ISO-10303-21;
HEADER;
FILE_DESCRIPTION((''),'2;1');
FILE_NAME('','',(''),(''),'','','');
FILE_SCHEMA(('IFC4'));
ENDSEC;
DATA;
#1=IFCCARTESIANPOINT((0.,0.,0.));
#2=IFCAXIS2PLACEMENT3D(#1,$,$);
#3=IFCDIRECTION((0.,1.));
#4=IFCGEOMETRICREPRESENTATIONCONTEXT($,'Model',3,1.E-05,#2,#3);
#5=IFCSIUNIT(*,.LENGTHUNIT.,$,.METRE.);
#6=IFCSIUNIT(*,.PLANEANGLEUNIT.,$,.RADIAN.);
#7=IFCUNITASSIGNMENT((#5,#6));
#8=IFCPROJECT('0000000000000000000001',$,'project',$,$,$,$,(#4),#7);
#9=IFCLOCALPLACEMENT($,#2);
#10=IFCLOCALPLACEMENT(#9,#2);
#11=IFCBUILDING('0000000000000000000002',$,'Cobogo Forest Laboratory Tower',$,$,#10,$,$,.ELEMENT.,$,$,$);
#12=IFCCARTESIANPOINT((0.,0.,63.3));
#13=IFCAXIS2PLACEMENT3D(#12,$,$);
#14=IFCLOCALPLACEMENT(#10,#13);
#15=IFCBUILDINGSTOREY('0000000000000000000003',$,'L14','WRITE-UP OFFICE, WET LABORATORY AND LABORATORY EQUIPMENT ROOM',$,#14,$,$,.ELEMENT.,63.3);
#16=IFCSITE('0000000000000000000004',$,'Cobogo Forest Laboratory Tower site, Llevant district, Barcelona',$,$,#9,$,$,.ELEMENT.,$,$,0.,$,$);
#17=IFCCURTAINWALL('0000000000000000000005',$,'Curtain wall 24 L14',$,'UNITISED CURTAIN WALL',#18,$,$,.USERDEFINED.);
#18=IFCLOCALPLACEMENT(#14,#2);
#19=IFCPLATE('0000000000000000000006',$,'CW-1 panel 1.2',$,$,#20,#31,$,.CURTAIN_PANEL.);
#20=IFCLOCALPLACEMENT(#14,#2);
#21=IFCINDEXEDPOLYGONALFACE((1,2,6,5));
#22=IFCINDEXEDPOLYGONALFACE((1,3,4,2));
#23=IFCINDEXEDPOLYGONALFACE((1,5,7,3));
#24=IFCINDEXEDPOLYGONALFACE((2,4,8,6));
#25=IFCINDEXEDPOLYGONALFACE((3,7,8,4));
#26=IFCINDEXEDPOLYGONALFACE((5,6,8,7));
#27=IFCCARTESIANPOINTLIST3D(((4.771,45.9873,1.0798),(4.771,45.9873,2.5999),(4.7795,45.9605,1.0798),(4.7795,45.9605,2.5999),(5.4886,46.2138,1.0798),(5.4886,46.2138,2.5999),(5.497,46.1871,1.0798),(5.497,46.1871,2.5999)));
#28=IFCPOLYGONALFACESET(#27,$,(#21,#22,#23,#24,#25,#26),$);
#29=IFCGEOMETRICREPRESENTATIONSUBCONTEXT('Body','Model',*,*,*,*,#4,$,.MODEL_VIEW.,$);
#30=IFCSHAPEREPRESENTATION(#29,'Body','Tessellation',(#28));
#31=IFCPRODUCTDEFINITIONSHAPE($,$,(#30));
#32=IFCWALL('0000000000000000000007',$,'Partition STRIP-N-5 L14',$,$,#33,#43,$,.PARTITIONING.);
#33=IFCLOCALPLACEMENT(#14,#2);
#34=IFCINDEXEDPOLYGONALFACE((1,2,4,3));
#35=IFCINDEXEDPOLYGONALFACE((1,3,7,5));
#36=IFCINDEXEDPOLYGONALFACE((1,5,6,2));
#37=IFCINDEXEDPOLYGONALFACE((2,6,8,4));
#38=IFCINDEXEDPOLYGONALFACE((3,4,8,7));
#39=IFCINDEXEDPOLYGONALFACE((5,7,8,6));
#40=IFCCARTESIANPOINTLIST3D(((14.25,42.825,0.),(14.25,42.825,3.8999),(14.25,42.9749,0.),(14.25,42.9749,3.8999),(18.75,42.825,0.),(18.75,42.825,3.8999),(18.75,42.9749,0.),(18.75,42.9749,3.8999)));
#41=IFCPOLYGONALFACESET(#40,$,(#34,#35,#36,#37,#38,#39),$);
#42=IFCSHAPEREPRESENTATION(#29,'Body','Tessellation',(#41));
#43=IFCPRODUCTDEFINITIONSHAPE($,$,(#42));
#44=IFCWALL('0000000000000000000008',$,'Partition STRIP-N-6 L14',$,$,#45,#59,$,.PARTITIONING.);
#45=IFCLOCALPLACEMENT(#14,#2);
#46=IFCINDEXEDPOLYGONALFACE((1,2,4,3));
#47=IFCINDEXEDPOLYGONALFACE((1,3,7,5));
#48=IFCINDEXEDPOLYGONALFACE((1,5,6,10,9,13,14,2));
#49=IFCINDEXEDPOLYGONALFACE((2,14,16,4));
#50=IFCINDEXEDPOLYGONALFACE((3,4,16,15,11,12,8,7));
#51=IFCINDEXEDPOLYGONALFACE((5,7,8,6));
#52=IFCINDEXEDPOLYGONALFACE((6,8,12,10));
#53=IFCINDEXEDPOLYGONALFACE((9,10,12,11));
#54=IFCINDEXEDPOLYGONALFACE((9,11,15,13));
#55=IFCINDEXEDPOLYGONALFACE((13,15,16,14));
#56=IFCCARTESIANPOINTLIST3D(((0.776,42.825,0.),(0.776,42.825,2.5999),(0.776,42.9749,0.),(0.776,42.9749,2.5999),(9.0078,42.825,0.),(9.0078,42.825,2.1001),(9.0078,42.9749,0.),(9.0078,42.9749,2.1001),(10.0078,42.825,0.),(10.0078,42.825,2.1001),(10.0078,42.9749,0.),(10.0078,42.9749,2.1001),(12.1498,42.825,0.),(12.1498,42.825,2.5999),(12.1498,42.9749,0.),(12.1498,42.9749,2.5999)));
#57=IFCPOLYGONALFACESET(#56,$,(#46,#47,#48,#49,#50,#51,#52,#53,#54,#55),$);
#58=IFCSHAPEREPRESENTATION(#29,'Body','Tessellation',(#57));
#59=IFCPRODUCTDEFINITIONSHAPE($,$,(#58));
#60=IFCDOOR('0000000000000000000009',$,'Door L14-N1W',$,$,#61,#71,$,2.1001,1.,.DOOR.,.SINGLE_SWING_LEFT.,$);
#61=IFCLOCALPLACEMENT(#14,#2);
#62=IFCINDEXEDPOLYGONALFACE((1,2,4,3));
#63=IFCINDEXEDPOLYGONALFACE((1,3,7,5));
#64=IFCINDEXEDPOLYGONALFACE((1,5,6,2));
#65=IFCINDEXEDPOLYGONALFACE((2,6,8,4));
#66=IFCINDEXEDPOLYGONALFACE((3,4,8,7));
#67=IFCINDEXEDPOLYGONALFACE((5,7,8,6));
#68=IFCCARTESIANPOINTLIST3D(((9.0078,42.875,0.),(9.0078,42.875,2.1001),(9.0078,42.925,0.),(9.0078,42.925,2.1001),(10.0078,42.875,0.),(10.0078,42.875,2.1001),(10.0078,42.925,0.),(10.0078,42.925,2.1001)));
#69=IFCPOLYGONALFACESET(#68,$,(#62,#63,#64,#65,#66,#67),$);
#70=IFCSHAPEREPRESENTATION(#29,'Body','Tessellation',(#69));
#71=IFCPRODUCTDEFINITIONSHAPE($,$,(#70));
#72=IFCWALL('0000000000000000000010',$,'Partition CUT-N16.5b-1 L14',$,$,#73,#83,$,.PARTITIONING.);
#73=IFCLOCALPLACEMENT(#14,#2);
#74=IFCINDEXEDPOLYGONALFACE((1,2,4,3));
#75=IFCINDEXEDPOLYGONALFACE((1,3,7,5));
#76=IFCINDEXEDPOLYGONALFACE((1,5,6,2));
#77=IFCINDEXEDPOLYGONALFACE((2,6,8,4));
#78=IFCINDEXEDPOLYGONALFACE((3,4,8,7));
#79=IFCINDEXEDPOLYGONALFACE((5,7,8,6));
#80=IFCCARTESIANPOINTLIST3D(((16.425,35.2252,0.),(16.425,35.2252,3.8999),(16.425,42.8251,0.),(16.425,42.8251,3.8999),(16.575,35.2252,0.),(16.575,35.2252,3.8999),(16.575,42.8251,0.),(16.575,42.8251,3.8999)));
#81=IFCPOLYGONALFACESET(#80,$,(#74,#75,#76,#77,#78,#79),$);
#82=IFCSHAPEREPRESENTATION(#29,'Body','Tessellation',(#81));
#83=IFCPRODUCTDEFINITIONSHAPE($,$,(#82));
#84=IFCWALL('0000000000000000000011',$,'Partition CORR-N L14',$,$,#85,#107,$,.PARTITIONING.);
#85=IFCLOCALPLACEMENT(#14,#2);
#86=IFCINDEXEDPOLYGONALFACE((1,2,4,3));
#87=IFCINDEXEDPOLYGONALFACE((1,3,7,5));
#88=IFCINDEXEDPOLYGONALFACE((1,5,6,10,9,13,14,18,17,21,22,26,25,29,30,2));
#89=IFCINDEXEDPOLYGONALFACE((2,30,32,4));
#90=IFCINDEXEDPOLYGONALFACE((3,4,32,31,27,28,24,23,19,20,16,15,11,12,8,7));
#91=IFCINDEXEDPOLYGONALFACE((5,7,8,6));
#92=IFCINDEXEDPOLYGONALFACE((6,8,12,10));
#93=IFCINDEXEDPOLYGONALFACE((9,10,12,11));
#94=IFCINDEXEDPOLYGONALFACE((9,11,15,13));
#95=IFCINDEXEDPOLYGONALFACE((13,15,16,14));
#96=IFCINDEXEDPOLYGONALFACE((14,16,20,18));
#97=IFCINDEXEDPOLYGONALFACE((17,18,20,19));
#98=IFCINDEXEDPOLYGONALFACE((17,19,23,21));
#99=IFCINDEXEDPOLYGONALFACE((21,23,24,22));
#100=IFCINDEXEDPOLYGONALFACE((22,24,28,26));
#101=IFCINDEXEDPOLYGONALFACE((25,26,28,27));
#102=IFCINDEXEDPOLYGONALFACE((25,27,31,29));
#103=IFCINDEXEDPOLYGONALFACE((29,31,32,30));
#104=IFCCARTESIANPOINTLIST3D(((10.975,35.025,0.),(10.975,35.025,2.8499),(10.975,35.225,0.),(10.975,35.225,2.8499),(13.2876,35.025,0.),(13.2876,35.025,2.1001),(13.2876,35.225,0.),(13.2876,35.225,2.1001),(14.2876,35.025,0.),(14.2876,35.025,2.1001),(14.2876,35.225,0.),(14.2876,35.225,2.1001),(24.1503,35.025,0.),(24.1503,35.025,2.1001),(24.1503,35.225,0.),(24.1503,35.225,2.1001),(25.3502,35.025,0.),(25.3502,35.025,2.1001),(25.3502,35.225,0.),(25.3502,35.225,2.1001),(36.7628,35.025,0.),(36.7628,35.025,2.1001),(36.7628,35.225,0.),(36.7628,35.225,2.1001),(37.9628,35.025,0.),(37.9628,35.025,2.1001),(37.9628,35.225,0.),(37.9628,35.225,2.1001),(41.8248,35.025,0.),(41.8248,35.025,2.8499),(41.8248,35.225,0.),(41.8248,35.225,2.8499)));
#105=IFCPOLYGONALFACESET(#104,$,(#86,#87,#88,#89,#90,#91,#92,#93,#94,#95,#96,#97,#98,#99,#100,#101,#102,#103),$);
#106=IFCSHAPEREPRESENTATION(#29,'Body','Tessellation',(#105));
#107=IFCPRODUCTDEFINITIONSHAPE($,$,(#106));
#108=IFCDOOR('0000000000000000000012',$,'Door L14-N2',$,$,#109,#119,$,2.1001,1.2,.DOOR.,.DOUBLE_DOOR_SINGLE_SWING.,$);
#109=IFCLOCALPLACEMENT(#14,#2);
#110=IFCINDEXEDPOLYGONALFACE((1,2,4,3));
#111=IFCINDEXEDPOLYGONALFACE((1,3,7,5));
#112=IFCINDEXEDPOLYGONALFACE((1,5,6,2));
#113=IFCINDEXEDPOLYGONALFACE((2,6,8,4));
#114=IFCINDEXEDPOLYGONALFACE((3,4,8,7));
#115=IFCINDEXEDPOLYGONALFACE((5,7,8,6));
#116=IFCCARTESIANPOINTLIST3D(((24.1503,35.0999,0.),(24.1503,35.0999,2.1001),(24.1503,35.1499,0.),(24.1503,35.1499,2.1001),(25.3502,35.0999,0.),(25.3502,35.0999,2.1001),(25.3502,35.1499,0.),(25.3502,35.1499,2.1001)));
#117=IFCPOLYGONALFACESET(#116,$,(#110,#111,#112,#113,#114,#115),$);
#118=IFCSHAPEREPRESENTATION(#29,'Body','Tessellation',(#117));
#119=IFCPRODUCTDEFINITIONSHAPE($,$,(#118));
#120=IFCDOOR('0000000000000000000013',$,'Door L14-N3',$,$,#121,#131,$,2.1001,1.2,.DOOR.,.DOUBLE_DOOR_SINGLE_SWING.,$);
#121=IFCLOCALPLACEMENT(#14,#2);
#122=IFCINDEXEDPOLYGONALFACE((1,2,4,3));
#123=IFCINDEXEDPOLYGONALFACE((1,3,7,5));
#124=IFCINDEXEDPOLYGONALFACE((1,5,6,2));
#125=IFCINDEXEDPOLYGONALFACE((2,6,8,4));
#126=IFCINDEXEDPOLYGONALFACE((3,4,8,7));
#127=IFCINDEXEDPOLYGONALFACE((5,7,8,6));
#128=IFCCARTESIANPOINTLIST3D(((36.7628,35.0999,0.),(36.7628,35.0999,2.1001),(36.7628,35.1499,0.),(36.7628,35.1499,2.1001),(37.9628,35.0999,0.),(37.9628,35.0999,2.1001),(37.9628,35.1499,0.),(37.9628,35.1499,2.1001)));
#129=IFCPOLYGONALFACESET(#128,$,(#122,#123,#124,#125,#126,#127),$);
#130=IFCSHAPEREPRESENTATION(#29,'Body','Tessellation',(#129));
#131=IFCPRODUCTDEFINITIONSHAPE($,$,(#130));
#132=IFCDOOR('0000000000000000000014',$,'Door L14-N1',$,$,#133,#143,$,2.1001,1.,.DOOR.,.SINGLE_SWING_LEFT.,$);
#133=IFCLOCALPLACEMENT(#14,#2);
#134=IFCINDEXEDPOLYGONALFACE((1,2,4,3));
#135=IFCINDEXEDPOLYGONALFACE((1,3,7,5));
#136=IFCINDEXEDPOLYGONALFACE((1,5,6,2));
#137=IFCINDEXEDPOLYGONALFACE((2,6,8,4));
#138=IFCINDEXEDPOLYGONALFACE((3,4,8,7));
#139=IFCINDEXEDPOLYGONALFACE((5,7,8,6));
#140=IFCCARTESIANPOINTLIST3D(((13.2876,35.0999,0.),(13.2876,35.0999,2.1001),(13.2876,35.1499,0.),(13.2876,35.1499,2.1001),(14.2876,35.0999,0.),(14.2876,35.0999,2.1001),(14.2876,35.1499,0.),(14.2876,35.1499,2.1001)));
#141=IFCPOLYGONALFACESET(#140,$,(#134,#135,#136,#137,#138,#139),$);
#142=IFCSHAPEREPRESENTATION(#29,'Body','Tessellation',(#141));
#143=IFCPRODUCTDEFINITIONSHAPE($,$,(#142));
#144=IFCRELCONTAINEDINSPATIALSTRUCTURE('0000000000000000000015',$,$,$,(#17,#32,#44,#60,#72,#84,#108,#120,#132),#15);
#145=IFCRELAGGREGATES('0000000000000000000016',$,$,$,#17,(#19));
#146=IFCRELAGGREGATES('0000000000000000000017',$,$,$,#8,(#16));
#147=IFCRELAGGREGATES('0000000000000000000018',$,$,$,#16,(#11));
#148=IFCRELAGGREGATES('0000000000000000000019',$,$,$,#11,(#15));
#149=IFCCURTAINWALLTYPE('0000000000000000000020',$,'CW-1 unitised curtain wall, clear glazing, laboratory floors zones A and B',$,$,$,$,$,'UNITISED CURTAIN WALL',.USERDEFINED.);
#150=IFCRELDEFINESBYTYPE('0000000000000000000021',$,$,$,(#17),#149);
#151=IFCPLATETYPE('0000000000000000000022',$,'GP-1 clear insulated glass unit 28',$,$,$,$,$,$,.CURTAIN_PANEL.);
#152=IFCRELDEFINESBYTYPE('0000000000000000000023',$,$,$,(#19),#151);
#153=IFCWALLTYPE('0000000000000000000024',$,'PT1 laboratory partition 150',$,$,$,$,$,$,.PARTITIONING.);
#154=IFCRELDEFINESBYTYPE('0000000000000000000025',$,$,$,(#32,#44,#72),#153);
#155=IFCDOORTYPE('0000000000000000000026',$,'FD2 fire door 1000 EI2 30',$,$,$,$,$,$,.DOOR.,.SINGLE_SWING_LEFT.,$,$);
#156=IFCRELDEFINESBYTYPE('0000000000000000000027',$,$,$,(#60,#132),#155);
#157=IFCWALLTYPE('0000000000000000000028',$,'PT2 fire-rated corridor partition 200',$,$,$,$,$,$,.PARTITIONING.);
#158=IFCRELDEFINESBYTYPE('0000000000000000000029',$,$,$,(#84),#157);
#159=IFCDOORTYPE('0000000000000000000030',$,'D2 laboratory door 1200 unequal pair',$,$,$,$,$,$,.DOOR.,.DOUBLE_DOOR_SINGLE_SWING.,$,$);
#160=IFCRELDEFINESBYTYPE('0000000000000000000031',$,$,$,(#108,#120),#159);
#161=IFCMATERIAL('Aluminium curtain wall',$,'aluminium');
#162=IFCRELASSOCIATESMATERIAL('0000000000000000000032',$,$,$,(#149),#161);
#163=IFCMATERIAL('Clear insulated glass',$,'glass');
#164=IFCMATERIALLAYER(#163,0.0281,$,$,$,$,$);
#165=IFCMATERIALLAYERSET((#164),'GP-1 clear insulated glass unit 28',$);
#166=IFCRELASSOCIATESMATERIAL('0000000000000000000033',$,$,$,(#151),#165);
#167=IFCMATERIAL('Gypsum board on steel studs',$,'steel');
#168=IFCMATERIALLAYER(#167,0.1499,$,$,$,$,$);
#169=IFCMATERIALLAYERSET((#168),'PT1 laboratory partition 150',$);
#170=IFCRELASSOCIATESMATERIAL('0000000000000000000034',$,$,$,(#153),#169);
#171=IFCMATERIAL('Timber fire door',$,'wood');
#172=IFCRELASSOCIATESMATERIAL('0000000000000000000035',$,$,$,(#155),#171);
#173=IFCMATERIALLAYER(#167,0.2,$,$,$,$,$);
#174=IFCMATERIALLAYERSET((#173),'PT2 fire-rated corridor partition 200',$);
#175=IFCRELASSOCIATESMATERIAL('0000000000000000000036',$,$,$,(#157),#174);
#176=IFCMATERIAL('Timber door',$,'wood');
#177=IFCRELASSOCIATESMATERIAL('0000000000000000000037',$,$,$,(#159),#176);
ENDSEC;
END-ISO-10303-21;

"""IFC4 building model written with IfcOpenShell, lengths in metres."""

from ifc_helpers import new_model, si_unit, direction, frame, frame_2d, origin, origin_2d, place, context, subcontext, project, spatial, rectangle, extrude, material, layer, layer_set, type_object, element, fill, aggregate, save


model = new_model("IFC4")

# Units and contexts
model_context = context("Model", 3, precision=1e-05, world=origin(), true_north=direction((0.0, 1.0)))
body_context = subcontext(model_context, "Body", "Model", "MODEL_VIEW")
ifc_project = project(units=[si_unit("LENGTHUNIT", "METRE"), si_unit("PLANEANGLEUNIT", "RADIAN")], contexts=[model_context])

# Site, building, storey
site_placement = place(None, origin())
site = spatial("IfcSite", under=ifc_project, at=site_placement, Name="Cobogo Forest Laboratory Tower site, Llevant district, Barcelona", CompositionType="ELEMENT", RefElevation=0.0)
building_placement = place(site_placement, origin())
building = spatial("IfcBuilding", under=site, at=building_placement, Name="Cobogo Forest Laboratory Tower", CompositionType="ELEMENT")
storey_placement = place(building_placement, frame((0.0, 0.0, 63.3)))
storey = spatial("IfcBuildingStorey", under=building, at=storey_placement, Name="L14", Description="WRITE-UP OFFICE, WET LABORATORY AND LABORATORY EQUIPMENT ROOM", CompositionType="ELEMENT", Elevation=63.3)

# Curtain wall, plate
ifc_material_1 = material(Name="Aluminium curtain wall", Category="aluminium")
curtain_wall_type = type_object("IfcCurtainWallType", Name="CW-1 unitised curtain wall, clear glazing, laboratory floors zones A and B", ElementType="UNITISED CURTAIN WALL", PredefinedType="USERDEFINED", material=ifc_material_1)
curtain_wall_placement = place(storey_placement, origin())
curtain_wall = element("IfcCurtainWall", 1, at=curtain_wall_placement, inside=storey, type_object=curtain_wall_type, Name="Curtain wall 24 L14", ObjectType="UNITISED CURTAIN WALL", PredefinedType="USERDEFINED")
ifc_material_2 = material(Name="Clear insulated glass", Category="glass")
ifc_layer_1 = layer(ifc_material_2, 0.0281)
ifc_layer_set_1 = layer_set([ifc_layer_1], Name="GP-1 clear insulated glass unit 28")
plate_type = type_object("IfcPlateType", Name="GP-1 clear insulated glass unit 28", PredefinedType="CURTAIN_PANEL", material=ifc_layer_set_1)
plate_placement = place(storey_placement, frame((5.134, 46.0872, 1.0798), z_axis=(0.0, 0.0, 1.0), x_axis=(-0.953582, -0.301135, 0.0)))
plate = element("IfcPlate", 2, at=plate_placement, type_object=plate_type, Name="CW-1 panel 1.2", PredefinedType="CURTAIN_PANEL", context=body_context, shape_type="SweptSolid", body=[
    extrude(rectangle(XDim=0.7524, YDim=0.0281, at=origin_2d()), origin(), (0.0, 0.0, 1.0), 1.52),
])
aggregate(curtain_wall, [plate])

# Wall
ifc_material_3 = material(Name="Gypsum board on steel studs", Category="steel")
ifc_layer_2 = layer(ifc_material_3, 0.1499)
ifc_layer_set_2 = layer_set([ifc_layer_2], Name="PT1 laboratory partition 150")
wall_type_1 = type_object("IfcWallType", Name="PT1 laboratory partition 150", PredefinedType="PARTITIONING", material=ifc_layer_set_2)
wall_1_placement = place(storey_placement, frame((18.75, 42.8999, 0.0), z_axis=(0.0, 0.0, 1.0), x_axis=(-1.0, 0.0, 0.0)))
element("IfcWall", 3, at=wall_1_placement, inside=storey, type_object=wall_type_1, Name="Partition STRIP-N-5 L14", PredefinedType="PARTITIONING", context=body_context, shape_type="SweptSolid", body=[
    extrude(rectangle(XDim=4.5, YDim=0.1499, at=frame_2d((2.25, 0.0))), origin(), (0.0, 0.0, 1.0), 3.8999),
])

# Wall, opening, door
wall_2_placement = place(storey_placement, frame((12.1499, 42.8999, 0.0), z_axis=(0.0, 0.0, 1.0), x_axis=(-1.0, 0.0, 0.0)))
wall_2 = element("IfcWall", 4, at=wall_2_placement, inside=storey, type_object=wall_type_1, Name="Partition STRIP-N-6 L14", PredefinedType="PARTITIONING", context=body_context, shape_type="SweptSolid", body=[
    extrude(rectangle(XDim=11.3738, YDim=0.1499, at=frame_2d((5.687, 0.0))), origin(), (0.0, 0.0, 1.0), 2.5999),
])
opening_1_placement = place(wall_2_placement, frame((2.1421, 0.0, 0.0)))
opening_1 = element("IfcOpeningElement", 5, at=opening_1_placement, cuts=wall_2, PredefinedType="OPENING", context=body_context, shape_type="SweptSolid", body=[
    extrude(rectangle(XDim=1.0, YDim=2.1001, at=frame_2d((0.5, 1.05))), frame((0.0, 0.085, 0.0), z_axis=(0.0, -1.0, 0.0), x_axis=(1.0, 0.0, 0.0)), (0.0, 0.0, 1.0), 0.1699),
])
ifc_material_4 = material(Name="Timber fire door", Category="wood")
door_type_1 = type_object("IfcDoorType", Name="FD2 fire door 1000 EI2 30", OperationType="SINGLE_SWING_LEFT", PredefinedType="DOOR", material=ifc_material_4)
door_1_placement = place(opening_1_placement, origin())
door_1 = element("IfcDoor", 6, at=door_1_placement, inside=storey, type_object=door_type_1, Name="Door L14-N1W", OperationType="SINGLE_SWING_LEFT", OverallHeight=2.1001, OverallWidth=1.0, PredefinedType="DOOR", context=body_context, shape_type="SweptSolid", body=[
    extrude(rectangle(XDim=1.0, YDim=2.1001, at=frame_2d((0.5, 1.05))), frame((0.0, 0.0249, 0.0), z_axis=(0.0, -1.0, 0.0), x_axis=(1.0, 0.0, 0.0)), (0.0, 0.0, 1.0), 0.05),
])
fill(opening_1, door_1)

# Wall
wall_3_placement = place(storey_placement, frame((16.5, 42.825, 0.0), z_axis=(0.0, 0.0, 1.0), x_axis=(0.0, -1.0, 0.0)))
element("IfcWall", 7, at=wall_3_placement, inside=storey, type_object=wall_type_1, Name="Partition CUT-N16.5b-1 L14", PredefinedType="PARTITIONING", context=body_context, shape_type="SweptSolid", body=[
    extrude(rectangle(XDim=7.5999, YDim=0.1499, at=frame_2d((3.7998, 0.0))), origin(), (0.0, 0.0, 1.0), 3.8999),
])

# Wall, openings, doors
ifc_layer_3 = layer(ifc_material_3, 0.2)
ifc_layer_set_3 = layer_set([ifc_layer_3], Name="PT2 fire-rated corridor partition 200")
wall_type_2 = type_object("IfcWallType", Name="PT2 fire-rated corridor partition 200", PredefinedType="PARTITIONING", material=ifc_layer_set_3)
wall_4_placement = place(storey_placement, frame((10.9751, 35.125, 0.0), z_axis=(0.0, 0.0, 1.0), x_axis=(1.0, 0.0, 0.0)))
wall_4 = element("IfcWall", 8, at=wall_4_placement, inside=storey, type_object=wall_type_2, Name="Partition CORR-N L14", PredefinedType="PARTITIONING", context=body_context, shape_type="SweptSolid", body=[
    extrude(rectangle(XDim=30.8499, YDim=0.2, at=frame_2d((15.4248, 0.0))), origin(), (0.0, 0.0, 1.0), 2.8499),
])
opening_2_placement = place(wall_4_placement, frame((2.3125, 0.0, 0.0)))
opening_2 = element("IfcOpeningElement", 9, at=opening_2_placement, cuts=wall_4, PredefinedType="OPENING", context=body_context, shape_type="SweptSolid", body=[
    extrude(rectangle(XDim=1.0, YDim=2.1001, at=frame_2d((0.5, 1.05))), frame((0.0, 0.1099, 0.0), z_axis=(0.0, -1.0, 0.0), x_axis=(1.0, 0.0, 0.0)), (0.0, 0.0, 1.0), 0.22),
])
opening_3_placement = place(wall_4_placement, frame((13.175, 0.0, 0.0)))
opening_3 = element("IfcOpeningElement", 10, at=opening_3_placement, cuts=wall_4, PredefinedType="OPENING", context=body_context, shape_type="SweptSolid", body=[
    extrude(rectangle(XDim=1.2, YDim=2.1001, at=frame_2d((0.6001, 1.05))), frame((0.0, 0.1099, 0.0), z_axis=(0.0, -1.0, 0.0), x_axis=(1.0, 0.0, 0.0)), (0.0, 0.0, 1.0), 0.22),
])
opening_4_placement = place(wall_4_placement, frame((25.7876, 0.0, 0.0)))
opening_4 = element("IfcOpeningElement", 11, at=opening_4_placement, cuts=wall_4, PredefinedType="OPENING", context=body_context, shape_type="SweptSolid", body=[
    extrude(rectangle(XDim=1.2, YDim=2.1001, at=frame_2d((0.6001, 1.05))), frame((0.0, 0.1099, 0.0), z_axis=(0.0, -1.0, 0.0), x_axis=(1.0, 0.0, 0.0)), (0.0, 0.0, 1.0), 0.22),
])
ifc_material_5 = material(Name="Timber door", Category="wood")
door_type_2 = type_object("IfcDoorType", Name="D2 laboratory door 1200 unequal pair", OperationType="DOUBLE_DOOR_SINGLE_SWING", PredefinedType="DOOR", material=ifc_material_5)
door_2_placement = place(opening_3_placement, origin())
door_2 = element("IfcDoor", 12, at=door_2_placement, inside=storey, type_object=door_type_2, Name="Door L14-N2", OperationType="DOUBLE_DOOR_SINGLE_SWING", OverallHeight=2.1001, OverallWidth=1.2, PredefinedType="DOOR", context=body_context, shape_type="SweptSolid", body=[
    extrude(rectangle(XDim=1.2, YDim=2.1001, at=frame_2d((0.6001, 1.05))), frame((0.0, 0.0249, 0.0), z_axis=(0.0, -1.0, 0.0), x_axis=(1.0, 0.0, 0.0)), (0.0, 0.0, 1.0), 0.05),
])
fill(opening_3, door_2)
door_3_placement = place(opening_4_placement, origin())
door_3 = element("IfcDoor", 13, at=door_3_placement, inside=storey, type_object=door_type_2, Name="Door L14-N3", OperationType="DOUBLE_DOOR_SINGLE_SWING", OverallHeight=2.1001, OverallWidth=1.2, PredefinedType="DOOR", context=body_context, shape_type="SweptSolid", body=[
    extrude(rectangle(XDim=1.2, YDim=2.1001, at=frame_2d((0.6001, 1.05))), frame((0.0, 0.0249, 0.0), z_axis=(0.0, -1.0, 0.0), x_axis=(1.0, 0.0, 0.0)), (0.0, 0.0, 1.0), 0.05),
])
fill(opening_4, door_3)
door_4_placement = place(opening_2_placement, origin())
door_4 = element("IfcDoor", 14, at=door_4_placement, inside=storey, type_object=door_type_1, Name="Door L14-N1", OperationType="SINGLE_SWING_LEFT", OverallHeight=2.1001, OverallWidth=1.0, PredefinedType="DOOR", context=body_context, shape_type="SweptSolid", body=[
    extrude(rectangle(XDim=1.0, YDim=2.1001, at=frame_2d((0.5, 1.05))), frame((0.0, 0.0249, 0.0), z_axis=(0.0, -1.0, 0.0), x_axis=(1.0, 0.0, 0.0)), (0.0, 0.0, 1.0), 0.05),
])
fill(opening_2, door_4)

save(model, "model.ifc")
